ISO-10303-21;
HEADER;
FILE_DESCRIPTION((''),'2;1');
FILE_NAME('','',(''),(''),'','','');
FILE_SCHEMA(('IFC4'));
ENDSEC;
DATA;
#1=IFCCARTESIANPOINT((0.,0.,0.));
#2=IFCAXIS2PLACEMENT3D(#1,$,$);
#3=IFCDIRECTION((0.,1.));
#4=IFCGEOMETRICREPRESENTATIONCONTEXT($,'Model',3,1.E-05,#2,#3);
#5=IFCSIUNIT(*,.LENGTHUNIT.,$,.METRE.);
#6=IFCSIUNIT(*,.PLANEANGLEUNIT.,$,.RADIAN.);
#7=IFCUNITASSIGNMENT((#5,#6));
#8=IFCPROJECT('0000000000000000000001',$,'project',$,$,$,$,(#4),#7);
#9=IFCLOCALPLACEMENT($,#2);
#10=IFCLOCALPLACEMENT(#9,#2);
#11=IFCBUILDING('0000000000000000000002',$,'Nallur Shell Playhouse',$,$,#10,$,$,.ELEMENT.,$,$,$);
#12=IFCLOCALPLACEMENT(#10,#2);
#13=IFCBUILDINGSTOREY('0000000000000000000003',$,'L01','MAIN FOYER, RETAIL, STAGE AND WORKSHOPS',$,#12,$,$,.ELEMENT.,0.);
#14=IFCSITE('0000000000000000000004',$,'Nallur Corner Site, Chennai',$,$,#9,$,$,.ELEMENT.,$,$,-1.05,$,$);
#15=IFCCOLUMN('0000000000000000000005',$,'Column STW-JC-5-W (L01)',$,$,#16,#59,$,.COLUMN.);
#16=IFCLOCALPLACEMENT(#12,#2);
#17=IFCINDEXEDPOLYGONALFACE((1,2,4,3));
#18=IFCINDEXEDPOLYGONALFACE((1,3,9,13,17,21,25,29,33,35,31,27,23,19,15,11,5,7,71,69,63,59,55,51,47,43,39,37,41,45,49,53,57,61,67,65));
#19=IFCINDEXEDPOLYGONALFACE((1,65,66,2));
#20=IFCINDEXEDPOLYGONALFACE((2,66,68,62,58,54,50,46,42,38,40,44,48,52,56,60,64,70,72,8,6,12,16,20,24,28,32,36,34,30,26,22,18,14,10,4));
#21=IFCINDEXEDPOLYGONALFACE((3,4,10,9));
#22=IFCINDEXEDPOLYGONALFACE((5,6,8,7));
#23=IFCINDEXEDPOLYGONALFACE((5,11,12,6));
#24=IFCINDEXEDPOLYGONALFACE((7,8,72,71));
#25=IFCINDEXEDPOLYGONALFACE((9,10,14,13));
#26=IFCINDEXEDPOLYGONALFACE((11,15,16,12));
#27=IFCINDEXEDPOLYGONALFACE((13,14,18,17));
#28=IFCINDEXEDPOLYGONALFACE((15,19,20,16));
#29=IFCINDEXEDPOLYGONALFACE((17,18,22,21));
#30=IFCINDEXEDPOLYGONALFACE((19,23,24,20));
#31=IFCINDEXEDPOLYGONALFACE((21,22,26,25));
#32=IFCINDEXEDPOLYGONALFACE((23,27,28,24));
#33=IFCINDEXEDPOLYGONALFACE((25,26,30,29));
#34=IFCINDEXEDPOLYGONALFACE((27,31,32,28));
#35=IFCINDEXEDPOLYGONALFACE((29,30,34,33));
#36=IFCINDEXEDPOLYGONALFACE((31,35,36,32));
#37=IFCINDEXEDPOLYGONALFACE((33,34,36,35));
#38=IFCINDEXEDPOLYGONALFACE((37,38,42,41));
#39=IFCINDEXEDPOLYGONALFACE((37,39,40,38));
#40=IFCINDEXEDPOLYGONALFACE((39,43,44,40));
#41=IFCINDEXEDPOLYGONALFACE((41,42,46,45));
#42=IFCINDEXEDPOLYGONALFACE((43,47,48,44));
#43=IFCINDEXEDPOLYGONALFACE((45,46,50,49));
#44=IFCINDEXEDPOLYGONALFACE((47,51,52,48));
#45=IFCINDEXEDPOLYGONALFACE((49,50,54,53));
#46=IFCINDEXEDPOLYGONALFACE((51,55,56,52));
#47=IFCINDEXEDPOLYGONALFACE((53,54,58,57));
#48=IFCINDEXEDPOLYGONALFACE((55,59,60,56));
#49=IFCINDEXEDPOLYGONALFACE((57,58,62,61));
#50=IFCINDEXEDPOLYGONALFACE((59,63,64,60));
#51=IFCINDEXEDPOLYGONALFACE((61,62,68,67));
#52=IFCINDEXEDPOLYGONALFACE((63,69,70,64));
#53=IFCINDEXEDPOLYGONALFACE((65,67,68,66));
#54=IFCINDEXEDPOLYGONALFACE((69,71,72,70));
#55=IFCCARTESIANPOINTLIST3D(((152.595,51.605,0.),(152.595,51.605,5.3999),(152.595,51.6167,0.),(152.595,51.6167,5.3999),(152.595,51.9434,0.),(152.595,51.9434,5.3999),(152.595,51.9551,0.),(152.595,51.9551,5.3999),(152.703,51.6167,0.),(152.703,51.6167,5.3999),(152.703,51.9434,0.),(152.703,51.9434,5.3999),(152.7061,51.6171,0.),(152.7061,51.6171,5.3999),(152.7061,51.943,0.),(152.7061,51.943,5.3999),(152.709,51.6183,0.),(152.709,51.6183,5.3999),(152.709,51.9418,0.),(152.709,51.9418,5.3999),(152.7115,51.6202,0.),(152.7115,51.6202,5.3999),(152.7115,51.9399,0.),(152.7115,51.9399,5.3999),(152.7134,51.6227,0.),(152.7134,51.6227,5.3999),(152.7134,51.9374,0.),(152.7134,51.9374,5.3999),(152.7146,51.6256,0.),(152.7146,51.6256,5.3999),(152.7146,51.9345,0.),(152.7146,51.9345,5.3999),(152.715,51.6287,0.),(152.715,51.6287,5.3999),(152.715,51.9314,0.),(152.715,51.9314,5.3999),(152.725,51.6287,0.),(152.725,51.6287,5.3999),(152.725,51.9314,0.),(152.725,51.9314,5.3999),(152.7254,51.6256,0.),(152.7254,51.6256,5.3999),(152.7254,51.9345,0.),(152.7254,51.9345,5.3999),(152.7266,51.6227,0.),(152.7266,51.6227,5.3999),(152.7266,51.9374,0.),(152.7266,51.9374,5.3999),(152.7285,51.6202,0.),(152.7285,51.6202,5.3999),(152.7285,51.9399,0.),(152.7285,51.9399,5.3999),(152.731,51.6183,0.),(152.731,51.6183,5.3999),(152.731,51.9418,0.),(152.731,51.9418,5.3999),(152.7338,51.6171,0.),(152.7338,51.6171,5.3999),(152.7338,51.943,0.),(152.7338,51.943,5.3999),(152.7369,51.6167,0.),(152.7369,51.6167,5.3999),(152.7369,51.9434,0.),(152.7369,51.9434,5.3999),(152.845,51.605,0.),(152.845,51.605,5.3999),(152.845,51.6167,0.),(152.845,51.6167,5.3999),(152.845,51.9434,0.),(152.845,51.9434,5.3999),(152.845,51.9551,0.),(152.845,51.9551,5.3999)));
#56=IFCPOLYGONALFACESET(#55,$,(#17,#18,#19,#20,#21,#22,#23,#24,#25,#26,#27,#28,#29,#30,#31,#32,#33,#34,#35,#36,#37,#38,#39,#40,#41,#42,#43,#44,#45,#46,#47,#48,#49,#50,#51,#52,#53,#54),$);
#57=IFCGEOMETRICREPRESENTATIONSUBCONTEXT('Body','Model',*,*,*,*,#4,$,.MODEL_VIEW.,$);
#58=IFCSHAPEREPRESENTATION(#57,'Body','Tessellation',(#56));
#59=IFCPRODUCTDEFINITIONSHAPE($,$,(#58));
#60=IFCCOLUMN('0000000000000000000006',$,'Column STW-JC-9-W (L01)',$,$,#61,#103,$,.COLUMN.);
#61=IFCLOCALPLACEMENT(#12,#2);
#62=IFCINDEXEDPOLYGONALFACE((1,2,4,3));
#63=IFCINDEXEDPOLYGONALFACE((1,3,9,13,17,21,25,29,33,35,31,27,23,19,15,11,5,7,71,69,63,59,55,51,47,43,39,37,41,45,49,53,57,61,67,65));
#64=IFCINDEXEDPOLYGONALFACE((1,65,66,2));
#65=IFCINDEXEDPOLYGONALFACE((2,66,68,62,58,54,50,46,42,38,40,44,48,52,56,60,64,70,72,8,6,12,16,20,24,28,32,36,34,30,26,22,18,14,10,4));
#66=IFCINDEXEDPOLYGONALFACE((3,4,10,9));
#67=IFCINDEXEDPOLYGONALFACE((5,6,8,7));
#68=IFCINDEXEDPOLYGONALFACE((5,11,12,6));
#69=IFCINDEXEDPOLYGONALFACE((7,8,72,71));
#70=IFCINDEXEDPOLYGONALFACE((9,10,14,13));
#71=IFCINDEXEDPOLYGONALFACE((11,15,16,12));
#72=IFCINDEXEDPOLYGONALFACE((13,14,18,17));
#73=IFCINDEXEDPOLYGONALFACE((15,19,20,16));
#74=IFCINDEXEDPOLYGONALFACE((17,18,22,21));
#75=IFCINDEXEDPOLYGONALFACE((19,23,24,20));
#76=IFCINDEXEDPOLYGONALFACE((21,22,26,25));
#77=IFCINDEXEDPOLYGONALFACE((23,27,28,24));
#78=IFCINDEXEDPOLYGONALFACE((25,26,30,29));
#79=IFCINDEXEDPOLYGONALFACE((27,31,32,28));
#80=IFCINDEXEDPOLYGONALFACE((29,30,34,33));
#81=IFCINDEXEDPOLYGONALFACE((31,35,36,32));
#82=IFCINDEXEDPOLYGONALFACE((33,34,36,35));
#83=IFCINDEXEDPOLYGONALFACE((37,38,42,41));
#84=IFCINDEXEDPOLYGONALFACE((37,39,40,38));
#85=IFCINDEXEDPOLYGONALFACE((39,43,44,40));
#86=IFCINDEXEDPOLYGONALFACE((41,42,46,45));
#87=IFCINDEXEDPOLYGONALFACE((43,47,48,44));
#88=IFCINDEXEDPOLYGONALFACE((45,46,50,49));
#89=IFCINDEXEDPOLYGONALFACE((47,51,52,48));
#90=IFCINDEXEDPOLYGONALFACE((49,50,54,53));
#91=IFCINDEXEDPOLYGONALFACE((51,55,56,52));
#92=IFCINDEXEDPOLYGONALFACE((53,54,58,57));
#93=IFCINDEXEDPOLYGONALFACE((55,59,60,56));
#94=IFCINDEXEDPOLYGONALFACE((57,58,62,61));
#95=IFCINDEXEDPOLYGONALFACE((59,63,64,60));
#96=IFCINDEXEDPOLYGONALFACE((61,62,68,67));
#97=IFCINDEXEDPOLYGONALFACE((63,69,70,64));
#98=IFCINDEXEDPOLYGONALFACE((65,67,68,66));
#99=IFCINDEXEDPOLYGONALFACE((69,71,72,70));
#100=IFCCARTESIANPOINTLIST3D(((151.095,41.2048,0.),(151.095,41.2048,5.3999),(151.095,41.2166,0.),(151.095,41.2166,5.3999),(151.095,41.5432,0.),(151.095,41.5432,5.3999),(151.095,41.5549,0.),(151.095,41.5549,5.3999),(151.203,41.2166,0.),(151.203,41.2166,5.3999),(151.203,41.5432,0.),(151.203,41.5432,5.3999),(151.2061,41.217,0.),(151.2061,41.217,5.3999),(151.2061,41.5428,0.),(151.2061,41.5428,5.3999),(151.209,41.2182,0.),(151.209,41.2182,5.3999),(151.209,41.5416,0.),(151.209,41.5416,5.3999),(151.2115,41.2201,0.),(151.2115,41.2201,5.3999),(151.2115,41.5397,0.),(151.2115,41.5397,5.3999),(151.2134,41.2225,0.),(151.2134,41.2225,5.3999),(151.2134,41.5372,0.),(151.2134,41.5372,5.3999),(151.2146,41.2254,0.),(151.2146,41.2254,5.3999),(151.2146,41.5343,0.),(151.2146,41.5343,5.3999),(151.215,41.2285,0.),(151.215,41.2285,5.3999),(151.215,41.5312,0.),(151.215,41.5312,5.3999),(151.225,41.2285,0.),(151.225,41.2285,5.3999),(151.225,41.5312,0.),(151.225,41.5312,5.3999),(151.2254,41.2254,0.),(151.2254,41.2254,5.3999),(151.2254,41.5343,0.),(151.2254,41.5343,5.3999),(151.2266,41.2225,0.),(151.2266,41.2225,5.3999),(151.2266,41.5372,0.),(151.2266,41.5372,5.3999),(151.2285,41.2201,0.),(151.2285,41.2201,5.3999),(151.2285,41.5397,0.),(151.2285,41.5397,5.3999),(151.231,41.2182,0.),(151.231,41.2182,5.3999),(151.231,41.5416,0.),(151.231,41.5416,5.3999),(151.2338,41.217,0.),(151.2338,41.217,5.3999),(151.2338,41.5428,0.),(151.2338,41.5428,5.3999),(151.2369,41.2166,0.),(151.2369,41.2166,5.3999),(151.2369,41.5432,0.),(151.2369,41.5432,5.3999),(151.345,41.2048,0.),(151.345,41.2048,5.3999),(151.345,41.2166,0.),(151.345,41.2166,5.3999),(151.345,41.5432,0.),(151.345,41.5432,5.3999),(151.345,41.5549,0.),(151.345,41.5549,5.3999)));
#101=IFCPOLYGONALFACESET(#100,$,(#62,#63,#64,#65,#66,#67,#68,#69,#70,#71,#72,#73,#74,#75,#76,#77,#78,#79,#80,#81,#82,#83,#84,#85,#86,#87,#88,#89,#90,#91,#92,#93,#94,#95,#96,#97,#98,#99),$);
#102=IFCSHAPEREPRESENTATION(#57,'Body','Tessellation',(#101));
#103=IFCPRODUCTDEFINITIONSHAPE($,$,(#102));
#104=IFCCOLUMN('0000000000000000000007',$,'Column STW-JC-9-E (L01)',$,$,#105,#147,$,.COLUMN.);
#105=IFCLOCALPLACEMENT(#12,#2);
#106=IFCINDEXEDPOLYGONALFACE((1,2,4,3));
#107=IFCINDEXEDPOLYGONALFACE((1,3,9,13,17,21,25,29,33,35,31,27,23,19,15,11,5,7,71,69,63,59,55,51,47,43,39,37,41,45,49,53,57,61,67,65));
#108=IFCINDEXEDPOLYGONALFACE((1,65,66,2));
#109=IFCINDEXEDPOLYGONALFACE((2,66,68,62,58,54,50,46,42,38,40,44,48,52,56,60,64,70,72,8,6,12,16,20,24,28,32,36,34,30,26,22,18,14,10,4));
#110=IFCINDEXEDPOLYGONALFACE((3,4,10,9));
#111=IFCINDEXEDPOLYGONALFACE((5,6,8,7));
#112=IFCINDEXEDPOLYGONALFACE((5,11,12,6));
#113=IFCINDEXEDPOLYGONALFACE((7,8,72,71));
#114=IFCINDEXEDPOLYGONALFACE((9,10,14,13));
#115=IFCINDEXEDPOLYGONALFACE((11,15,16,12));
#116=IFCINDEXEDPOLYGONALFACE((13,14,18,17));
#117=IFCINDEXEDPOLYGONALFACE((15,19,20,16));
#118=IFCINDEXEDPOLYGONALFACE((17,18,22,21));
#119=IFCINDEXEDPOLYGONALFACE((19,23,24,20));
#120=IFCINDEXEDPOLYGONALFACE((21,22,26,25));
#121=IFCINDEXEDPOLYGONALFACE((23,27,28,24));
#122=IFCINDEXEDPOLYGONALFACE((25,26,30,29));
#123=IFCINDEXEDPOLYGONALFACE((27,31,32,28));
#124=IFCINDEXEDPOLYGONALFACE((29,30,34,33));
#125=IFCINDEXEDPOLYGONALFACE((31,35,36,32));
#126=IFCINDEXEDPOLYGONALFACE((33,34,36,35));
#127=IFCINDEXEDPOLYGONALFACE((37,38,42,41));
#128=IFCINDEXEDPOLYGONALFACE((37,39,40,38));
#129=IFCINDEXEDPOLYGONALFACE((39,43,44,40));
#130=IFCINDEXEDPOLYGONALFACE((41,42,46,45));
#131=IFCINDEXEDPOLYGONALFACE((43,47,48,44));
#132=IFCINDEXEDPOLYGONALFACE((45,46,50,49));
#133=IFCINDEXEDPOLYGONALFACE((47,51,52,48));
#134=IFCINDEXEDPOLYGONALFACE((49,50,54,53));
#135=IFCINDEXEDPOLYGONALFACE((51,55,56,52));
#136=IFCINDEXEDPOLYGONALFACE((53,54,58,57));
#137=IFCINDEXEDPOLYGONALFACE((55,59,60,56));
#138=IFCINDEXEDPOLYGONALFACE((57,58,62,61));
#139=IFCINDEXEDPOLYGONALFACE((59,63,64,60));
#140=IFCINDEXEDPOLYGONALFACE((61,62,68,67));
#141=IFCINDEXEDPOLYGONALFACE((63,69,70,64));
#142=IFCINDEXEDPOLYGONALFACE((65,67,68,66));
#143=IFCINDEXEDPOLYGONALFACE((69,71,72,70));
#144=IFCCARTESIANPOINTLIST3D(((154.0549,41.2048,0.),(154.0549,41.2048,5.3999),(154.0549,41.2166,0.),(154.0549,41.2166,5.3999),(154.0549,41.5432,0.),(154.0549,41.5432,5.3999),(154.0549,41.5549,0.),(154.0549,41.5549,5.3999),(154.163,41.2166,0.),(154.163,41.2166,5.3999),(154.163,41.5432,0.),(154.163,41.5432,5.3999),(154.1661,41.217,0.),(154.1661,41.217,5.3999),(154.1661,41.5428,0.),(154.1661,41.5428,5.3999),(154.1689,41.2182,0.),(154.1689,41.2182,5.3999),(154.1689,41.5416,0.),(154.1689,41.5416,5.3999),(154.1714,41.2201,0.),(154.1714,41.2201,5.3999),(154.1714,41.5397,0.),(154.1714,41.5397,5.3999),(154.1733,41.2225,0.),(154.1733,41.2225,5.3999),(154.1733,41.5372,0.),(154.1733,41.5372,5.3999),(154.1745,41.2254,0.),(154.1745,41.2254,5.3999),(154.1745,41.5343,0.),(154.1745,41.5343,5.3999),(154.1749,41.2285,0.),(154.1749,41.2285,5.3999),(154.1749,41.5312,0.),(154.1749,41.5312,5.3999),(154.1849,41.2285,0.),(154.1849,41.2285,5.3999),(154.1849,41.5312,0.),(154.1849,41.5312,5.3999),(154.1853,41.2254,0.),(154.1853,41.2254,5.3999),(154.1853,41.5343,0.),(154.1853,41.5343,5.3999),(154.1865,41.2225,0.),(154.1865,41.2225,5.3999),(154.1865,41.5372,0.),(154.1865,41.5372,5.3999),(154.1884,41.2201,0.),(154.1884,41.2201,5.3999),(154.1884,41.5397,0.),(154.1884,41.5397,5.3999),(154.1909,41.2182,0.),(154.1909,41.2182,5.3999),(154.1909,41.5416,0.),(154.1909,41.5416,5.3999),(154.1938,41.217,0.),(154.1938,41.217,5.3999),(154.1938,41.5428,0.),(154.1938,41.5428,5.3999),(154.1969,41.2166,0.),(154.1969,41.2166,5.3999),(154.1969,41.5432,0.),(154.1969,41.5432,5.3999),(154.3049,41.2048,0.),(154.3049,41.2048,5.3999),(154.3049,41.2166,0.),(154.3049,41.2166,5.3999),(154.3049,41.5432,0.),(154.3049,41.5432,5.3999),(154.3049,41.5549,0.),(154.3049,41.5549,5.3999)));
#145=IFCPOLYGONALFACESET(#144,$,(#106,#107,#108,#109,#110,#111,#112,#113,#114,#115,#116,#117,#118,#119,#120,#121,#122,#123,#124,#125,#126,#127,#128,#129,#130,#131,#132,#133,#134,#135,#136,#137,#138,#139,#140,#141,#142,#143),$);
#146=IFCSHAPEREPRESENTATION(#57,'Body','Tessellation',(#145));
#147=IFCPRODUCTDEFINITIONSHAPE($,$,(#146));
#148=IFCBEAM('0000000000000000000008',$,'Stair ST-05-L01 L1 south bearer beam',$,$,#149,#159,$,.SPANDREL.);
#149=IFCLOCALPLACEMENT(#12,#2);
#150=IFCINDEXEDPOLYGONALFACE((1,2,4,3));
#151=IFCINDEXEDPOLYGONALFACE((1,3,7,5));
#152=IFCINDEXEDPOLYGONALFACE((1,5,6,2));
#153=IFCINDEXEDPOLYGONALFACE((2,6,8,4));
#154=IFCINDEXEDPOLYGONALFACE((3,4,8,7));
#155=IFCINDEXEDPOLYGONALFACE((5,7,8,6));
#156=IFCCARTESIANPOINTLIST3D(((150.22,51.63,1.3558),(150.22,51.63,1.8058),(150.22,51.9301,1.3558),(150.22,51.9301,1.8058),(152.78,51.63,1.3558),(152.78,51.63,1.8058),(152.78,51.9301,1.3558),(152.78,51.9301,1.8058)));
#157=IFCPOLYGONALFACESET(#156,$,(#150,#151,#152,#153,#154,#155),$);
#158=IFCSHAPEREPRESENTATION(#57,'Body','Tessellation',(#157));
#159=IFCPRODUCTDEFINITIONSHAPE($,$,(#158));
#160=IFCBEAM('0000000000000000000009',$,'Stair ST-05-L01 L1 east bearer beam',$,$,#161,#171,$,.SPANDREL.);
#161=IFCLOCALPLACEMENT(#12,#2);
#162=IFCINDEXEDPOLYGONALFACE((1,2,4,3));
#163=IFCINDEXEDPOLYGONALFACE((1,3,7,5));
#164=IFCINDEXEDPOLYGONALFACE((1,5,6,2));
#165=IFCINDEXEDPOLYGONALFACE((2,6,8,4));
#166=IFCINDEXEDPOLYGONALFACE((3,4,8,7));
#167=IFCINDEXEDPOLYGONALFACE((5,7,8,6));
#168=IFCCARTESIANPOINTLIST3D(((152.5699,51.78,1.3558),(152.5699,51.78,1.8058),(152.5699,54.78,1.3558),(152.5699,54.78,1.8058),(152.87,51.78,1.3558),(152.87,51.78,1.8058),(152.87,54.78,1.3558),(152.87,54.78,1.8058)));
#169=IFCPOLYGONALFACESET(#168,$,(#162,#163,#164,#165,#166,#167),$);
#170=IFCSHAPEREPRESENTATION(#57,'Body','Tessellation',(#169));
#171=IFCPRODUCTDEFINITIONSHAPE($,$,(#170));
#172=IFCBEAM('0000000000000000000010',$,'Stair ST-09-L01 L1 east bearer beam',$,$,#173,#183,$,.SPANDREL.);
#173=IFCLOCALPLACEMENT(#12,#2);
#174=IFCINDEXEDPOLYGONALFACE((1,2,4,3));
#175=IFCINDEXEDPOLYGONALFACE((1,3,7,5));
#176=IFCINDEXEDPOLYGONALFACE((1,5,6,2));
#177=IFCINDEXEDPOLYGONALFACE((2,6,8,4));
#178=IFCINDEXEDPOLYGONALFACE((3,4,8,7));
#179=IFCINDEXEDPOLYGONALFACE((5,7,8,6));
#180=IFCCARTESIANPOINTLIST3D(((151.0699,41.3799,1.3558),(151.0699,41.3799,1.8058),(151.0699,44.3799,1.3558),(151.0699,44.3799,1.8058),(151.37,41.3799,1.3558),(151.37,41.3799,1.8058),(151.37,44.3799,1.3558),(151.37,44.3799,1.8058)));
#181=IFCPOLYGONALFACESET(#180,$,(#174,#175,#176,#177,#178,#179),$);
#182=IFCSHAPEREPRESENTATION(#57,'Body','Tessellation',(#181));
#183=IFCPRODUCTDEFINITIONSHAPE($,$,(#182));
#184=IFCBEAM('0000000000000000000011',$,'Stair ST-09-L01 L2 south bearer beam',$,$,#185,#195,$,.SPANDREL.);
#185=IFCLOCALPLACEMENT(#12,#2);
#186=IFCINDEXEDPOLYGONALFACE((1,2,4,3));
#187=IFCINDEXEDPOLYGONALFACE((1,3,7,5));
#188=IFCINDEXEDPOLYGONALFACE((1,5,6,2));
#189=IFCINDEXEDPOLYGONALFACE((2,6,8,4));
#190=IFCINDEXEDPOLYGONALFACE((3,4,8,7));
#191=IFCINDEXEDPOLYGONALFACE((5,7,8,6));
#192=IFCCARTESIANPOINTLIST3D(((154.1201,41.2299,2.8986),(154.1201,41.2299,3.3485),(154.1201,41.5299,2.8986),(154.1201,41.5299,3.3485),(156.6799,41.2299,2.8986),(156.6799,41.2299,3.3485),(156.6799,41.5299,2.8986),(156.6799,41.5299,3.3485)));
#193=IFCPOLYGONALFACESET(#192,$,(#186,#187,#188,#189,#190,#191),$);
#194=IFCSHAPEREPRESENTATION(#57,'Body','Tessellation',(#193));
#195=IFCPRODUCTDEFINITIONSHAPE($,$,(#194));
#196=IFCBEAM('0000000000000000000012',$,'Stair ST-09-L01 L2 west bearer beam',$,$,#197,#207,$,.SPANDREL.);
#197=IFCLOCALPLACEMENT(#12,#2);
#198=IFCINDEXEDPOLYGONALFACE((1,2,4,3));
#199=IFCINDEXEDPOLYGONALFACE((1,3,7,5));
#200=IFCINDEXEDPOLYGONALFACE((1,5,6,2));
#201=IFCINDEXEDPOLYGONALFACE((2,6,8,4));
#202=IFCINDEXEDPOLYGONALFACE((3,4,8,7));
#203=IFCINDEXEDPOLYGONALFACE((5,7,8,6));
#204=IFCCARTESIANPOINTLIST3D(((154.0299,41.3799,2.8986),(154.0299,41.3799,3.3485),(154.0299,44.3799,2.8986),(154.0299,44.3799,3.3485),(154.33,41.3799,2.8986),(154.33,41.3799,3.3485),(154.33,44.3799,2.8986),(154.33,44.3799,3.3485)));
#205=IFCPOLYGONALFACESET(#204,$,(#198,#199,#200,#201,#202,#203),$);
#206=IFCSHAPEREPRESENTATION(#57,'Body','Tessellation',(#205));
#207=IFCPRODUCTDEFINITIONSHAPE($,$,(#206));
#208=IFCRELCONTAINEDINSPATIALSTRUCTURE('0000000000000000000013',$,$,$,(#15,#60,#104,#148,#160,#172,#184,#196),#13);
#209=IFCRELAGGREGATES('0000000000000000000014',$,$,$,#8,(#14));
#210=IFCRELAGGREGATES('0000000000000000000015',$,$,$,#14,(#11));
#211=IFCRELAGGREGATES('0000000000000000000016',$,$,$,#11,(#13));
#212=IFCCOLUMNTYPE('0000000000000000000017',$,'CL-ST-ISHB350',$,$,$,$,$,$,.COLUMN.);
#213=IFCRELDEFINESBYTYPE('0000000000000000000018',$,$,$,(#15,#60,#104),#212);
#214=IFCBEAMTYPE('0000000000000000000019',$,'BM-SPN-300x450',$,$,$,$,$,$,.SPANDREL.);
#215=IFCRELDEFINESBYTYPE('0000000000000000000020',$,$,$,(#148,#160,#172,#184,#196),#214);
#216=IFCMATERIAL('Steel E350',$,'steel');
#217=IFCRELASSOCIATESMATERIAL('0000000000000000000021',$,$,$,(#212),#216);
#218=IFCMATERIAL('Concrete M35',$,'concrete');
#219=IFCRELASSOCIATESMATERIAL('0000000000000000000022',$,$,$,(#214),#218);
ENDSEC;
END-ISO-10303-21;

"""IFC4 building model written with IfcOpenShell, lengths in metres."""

from ifc_helpers import new_model, si_unit, direction, frame, origin, origin_2d, place, context, subcontext, project, spatial, rectangle, i_section, extrude, material, material_profile, profile_set, type_object, element, save


model = new_model("IFC4")

# Units and contexts
model_context = context("Model", 3, precision=1e-05, world=origin(), true_north=direction((0.0, 1.0)))
body_context = subcontext(model_context, "Body", "Model", "MODEL_VIEW")
ifc_project = project(units=[si_unit("LENGTHUNIT", "METRE"), si_unit("PLANEANGLEUNIT", "RADIAN")], contexts=[model_context])

# Site, building, storey
site_placement = place(None, origin())
site = spatial("IfcSite", under=ifc_project, at=site_placement, Name="Nallur Corner Site, Chennai", CompositionType="ELEMENT", RefElevation=-1.05)
building_placement = place(site_placement, origin())
building = spatial("IfcBuilding", under=site, at=building_placement, Name="Nallur Shell Playhouse", CompositionType="ELEMENT")
storey_placement = place(building_placement, origin())
storey = spatial("IfcBuildingStorey", under=building, at=storey_placement, Name="L01", Description="MAIN FOYER, RETAIL, STAGE AND WORKSHOPS", CompositionType="ELEMENT", Elevation=0.0)

# Columns
ifc_material_1 = material(Name="Steel E350", Category="steel")
ifc_material_profile_1 = material_profile(ifc_material_1, i_section(OverallWidth=0.25, OverallDepth=0.3501, WebThickness=0.01, FlangeThickness=0.0117, FilletRadius=0.012, at=origin_2d()), Name="ISHB 350")
ifc_profile_set_1 = profile_set([ifc_material_profile_1], Name="Steel E350")
column_type = type_object("IfcColumnType", Name="CL-ST-ISHB350", PredefinedType="COLUMN", material=ifc_profile_set_1)
for number, where, z_axis, x_axis, name in (
    (1, (152.72, 51.78, 0.0), (0.0, 0.0, 1.0), (1.0, 0.0, 0.0), "Column STW-JC-5-W (L01)"),
    (2, (151.22, 41.3799, 0.0), (0.0, 0.0, 1.0), (1.0, 0.0, 0.0), "Column STW-JC-9-W (L01)"),
    (3, (154.1799, 41.3799, 0.0), (0.0, 0.0, 1.0), (1.0, 0.0, 0.0), "Column STW-JC-9-E (L01)"),
):
    element("IfcColumn", number, at=place(storey_placement, frame(where, z_axis=z_axis, x_axis=x_axis)), inside=storey, type_object=column_type, Name=name, PredefinedType="COLUMN", context=body_context, shape_type="SweptSolid", body=[
        extrude(i_section(OverallWidth=0.25, OverallDepth=0.3501, WebThickness=0.01, FlangeThickness=0.0117, FilletRadius=0.012, at=origin_2d()), origin(), (0.0, 0.0, 1.0), 5.3999),
    ])

# Beams
ifc_material_2 = material(Name="Concrete M35", Category="concrete")
ifc_material_profile_2 = material_profile(ifc_material_2, rectangle(XDim=0.3, YDim=0.45, at=origin_2d()), Name="RC 300x450")
ifc_profile_set_2 = profile_set([ifc_material_profile_2], Name="Concrete M35")
beam_type = type_object("IfcBeamType", Name="BM-SPN-300x450", PredefinedType="SPANDREL", material=ifc_profile_set_2)
beam_1_placement = place(storey_placement, frame((150.22, 51.78, 1.5808), z_axis=(1.0, 0.0, 0.0), x_axis=(0.0, 1.0, 0.0)))
element("IfcBeam", 4, at=beam_1_placement, inside=storey, type_object=beam_type, Name="Stair ST-05-L01 L1 south bearer beam", PredefinedType="SPANDREL", context=body_context, shape_type="SweptSolid", body=[
    extrude(rectangle(XDim=0.3, YDim=0.45, at=origin_2d()), origin(), (0.0, 0.0, 1.0), 2.5601),
])
for number, where, z_axis, x_axis, name in (
    (5, (152.72, 51.78, 1.5808), (0.0, 1.0, 0.0), (-1.0, 0.0, 0.0), "Stair ST-05-L01 L1 east bearer beam"),
    (6, (151.22, 41.3799, 1.5808), (0.0, 1.0, 0.0), (-1.0, 0.0, 0.0), "Stair ST-09-L01 L1 east bearer beam"),
):
    element("IfcBeam", number, at=place(storey_placement, frame(where, z_axis=z_axis, x_axis=x_axis)), inside=storey, type_object=beam_type, Name=name, PredefinedType="SPANDREL", context=body_context, shape_type="SweptSolid", body=[
        extrude(rectangle(XDim=0.3, YDim=0.45, at=origin_2d()), origin(), (0.0, 0.0, 1.0), 3.0),
    ])
beam_2_placement = place(storey_placement, frame((154.1201, 41.3799, 3.1235), z_axis=(1.0, 0.0, 0.0), x_axis=(0.0, 1.0, 0.0)))
element("IfcBeam", 7, at=beam_2_placement, inside=storey, type_object=beam_type, Name="Stair ST-09-L01 L2 south bearer beam", PredefinedType="SPANDREL", context=body_context, shape_type="SweptSolid", body=[
    extrude(rectangle(XDim=0.3, YDim=0.45, at=origin_2d()), origin(), (0.0, 0.0, 1.0), 2.5598),
])
beam_3_placement = place(storey_placement, frame((154.1799, 41.3799, 3.1235), z_axis=(0.0, 1.0, 0.0), x_axis=(-1.0, 0.0, 0.0)))
element("IfcBeam", 8, at=beam_3_placement, inside=storey, type_object=beam_type, Name="Stair ST-09-L01 L2 west bearer beam", PredefinedType="SPANDREL", context=body_context, shape_type="SweptSolid", body=[
    extrude(rectangle(XDim=0.3, YDim=0.45, at=origin_2d()), origin(), (0.0, 0.0, 1.0), 3.0),
])

save(model, "model.ifc")
